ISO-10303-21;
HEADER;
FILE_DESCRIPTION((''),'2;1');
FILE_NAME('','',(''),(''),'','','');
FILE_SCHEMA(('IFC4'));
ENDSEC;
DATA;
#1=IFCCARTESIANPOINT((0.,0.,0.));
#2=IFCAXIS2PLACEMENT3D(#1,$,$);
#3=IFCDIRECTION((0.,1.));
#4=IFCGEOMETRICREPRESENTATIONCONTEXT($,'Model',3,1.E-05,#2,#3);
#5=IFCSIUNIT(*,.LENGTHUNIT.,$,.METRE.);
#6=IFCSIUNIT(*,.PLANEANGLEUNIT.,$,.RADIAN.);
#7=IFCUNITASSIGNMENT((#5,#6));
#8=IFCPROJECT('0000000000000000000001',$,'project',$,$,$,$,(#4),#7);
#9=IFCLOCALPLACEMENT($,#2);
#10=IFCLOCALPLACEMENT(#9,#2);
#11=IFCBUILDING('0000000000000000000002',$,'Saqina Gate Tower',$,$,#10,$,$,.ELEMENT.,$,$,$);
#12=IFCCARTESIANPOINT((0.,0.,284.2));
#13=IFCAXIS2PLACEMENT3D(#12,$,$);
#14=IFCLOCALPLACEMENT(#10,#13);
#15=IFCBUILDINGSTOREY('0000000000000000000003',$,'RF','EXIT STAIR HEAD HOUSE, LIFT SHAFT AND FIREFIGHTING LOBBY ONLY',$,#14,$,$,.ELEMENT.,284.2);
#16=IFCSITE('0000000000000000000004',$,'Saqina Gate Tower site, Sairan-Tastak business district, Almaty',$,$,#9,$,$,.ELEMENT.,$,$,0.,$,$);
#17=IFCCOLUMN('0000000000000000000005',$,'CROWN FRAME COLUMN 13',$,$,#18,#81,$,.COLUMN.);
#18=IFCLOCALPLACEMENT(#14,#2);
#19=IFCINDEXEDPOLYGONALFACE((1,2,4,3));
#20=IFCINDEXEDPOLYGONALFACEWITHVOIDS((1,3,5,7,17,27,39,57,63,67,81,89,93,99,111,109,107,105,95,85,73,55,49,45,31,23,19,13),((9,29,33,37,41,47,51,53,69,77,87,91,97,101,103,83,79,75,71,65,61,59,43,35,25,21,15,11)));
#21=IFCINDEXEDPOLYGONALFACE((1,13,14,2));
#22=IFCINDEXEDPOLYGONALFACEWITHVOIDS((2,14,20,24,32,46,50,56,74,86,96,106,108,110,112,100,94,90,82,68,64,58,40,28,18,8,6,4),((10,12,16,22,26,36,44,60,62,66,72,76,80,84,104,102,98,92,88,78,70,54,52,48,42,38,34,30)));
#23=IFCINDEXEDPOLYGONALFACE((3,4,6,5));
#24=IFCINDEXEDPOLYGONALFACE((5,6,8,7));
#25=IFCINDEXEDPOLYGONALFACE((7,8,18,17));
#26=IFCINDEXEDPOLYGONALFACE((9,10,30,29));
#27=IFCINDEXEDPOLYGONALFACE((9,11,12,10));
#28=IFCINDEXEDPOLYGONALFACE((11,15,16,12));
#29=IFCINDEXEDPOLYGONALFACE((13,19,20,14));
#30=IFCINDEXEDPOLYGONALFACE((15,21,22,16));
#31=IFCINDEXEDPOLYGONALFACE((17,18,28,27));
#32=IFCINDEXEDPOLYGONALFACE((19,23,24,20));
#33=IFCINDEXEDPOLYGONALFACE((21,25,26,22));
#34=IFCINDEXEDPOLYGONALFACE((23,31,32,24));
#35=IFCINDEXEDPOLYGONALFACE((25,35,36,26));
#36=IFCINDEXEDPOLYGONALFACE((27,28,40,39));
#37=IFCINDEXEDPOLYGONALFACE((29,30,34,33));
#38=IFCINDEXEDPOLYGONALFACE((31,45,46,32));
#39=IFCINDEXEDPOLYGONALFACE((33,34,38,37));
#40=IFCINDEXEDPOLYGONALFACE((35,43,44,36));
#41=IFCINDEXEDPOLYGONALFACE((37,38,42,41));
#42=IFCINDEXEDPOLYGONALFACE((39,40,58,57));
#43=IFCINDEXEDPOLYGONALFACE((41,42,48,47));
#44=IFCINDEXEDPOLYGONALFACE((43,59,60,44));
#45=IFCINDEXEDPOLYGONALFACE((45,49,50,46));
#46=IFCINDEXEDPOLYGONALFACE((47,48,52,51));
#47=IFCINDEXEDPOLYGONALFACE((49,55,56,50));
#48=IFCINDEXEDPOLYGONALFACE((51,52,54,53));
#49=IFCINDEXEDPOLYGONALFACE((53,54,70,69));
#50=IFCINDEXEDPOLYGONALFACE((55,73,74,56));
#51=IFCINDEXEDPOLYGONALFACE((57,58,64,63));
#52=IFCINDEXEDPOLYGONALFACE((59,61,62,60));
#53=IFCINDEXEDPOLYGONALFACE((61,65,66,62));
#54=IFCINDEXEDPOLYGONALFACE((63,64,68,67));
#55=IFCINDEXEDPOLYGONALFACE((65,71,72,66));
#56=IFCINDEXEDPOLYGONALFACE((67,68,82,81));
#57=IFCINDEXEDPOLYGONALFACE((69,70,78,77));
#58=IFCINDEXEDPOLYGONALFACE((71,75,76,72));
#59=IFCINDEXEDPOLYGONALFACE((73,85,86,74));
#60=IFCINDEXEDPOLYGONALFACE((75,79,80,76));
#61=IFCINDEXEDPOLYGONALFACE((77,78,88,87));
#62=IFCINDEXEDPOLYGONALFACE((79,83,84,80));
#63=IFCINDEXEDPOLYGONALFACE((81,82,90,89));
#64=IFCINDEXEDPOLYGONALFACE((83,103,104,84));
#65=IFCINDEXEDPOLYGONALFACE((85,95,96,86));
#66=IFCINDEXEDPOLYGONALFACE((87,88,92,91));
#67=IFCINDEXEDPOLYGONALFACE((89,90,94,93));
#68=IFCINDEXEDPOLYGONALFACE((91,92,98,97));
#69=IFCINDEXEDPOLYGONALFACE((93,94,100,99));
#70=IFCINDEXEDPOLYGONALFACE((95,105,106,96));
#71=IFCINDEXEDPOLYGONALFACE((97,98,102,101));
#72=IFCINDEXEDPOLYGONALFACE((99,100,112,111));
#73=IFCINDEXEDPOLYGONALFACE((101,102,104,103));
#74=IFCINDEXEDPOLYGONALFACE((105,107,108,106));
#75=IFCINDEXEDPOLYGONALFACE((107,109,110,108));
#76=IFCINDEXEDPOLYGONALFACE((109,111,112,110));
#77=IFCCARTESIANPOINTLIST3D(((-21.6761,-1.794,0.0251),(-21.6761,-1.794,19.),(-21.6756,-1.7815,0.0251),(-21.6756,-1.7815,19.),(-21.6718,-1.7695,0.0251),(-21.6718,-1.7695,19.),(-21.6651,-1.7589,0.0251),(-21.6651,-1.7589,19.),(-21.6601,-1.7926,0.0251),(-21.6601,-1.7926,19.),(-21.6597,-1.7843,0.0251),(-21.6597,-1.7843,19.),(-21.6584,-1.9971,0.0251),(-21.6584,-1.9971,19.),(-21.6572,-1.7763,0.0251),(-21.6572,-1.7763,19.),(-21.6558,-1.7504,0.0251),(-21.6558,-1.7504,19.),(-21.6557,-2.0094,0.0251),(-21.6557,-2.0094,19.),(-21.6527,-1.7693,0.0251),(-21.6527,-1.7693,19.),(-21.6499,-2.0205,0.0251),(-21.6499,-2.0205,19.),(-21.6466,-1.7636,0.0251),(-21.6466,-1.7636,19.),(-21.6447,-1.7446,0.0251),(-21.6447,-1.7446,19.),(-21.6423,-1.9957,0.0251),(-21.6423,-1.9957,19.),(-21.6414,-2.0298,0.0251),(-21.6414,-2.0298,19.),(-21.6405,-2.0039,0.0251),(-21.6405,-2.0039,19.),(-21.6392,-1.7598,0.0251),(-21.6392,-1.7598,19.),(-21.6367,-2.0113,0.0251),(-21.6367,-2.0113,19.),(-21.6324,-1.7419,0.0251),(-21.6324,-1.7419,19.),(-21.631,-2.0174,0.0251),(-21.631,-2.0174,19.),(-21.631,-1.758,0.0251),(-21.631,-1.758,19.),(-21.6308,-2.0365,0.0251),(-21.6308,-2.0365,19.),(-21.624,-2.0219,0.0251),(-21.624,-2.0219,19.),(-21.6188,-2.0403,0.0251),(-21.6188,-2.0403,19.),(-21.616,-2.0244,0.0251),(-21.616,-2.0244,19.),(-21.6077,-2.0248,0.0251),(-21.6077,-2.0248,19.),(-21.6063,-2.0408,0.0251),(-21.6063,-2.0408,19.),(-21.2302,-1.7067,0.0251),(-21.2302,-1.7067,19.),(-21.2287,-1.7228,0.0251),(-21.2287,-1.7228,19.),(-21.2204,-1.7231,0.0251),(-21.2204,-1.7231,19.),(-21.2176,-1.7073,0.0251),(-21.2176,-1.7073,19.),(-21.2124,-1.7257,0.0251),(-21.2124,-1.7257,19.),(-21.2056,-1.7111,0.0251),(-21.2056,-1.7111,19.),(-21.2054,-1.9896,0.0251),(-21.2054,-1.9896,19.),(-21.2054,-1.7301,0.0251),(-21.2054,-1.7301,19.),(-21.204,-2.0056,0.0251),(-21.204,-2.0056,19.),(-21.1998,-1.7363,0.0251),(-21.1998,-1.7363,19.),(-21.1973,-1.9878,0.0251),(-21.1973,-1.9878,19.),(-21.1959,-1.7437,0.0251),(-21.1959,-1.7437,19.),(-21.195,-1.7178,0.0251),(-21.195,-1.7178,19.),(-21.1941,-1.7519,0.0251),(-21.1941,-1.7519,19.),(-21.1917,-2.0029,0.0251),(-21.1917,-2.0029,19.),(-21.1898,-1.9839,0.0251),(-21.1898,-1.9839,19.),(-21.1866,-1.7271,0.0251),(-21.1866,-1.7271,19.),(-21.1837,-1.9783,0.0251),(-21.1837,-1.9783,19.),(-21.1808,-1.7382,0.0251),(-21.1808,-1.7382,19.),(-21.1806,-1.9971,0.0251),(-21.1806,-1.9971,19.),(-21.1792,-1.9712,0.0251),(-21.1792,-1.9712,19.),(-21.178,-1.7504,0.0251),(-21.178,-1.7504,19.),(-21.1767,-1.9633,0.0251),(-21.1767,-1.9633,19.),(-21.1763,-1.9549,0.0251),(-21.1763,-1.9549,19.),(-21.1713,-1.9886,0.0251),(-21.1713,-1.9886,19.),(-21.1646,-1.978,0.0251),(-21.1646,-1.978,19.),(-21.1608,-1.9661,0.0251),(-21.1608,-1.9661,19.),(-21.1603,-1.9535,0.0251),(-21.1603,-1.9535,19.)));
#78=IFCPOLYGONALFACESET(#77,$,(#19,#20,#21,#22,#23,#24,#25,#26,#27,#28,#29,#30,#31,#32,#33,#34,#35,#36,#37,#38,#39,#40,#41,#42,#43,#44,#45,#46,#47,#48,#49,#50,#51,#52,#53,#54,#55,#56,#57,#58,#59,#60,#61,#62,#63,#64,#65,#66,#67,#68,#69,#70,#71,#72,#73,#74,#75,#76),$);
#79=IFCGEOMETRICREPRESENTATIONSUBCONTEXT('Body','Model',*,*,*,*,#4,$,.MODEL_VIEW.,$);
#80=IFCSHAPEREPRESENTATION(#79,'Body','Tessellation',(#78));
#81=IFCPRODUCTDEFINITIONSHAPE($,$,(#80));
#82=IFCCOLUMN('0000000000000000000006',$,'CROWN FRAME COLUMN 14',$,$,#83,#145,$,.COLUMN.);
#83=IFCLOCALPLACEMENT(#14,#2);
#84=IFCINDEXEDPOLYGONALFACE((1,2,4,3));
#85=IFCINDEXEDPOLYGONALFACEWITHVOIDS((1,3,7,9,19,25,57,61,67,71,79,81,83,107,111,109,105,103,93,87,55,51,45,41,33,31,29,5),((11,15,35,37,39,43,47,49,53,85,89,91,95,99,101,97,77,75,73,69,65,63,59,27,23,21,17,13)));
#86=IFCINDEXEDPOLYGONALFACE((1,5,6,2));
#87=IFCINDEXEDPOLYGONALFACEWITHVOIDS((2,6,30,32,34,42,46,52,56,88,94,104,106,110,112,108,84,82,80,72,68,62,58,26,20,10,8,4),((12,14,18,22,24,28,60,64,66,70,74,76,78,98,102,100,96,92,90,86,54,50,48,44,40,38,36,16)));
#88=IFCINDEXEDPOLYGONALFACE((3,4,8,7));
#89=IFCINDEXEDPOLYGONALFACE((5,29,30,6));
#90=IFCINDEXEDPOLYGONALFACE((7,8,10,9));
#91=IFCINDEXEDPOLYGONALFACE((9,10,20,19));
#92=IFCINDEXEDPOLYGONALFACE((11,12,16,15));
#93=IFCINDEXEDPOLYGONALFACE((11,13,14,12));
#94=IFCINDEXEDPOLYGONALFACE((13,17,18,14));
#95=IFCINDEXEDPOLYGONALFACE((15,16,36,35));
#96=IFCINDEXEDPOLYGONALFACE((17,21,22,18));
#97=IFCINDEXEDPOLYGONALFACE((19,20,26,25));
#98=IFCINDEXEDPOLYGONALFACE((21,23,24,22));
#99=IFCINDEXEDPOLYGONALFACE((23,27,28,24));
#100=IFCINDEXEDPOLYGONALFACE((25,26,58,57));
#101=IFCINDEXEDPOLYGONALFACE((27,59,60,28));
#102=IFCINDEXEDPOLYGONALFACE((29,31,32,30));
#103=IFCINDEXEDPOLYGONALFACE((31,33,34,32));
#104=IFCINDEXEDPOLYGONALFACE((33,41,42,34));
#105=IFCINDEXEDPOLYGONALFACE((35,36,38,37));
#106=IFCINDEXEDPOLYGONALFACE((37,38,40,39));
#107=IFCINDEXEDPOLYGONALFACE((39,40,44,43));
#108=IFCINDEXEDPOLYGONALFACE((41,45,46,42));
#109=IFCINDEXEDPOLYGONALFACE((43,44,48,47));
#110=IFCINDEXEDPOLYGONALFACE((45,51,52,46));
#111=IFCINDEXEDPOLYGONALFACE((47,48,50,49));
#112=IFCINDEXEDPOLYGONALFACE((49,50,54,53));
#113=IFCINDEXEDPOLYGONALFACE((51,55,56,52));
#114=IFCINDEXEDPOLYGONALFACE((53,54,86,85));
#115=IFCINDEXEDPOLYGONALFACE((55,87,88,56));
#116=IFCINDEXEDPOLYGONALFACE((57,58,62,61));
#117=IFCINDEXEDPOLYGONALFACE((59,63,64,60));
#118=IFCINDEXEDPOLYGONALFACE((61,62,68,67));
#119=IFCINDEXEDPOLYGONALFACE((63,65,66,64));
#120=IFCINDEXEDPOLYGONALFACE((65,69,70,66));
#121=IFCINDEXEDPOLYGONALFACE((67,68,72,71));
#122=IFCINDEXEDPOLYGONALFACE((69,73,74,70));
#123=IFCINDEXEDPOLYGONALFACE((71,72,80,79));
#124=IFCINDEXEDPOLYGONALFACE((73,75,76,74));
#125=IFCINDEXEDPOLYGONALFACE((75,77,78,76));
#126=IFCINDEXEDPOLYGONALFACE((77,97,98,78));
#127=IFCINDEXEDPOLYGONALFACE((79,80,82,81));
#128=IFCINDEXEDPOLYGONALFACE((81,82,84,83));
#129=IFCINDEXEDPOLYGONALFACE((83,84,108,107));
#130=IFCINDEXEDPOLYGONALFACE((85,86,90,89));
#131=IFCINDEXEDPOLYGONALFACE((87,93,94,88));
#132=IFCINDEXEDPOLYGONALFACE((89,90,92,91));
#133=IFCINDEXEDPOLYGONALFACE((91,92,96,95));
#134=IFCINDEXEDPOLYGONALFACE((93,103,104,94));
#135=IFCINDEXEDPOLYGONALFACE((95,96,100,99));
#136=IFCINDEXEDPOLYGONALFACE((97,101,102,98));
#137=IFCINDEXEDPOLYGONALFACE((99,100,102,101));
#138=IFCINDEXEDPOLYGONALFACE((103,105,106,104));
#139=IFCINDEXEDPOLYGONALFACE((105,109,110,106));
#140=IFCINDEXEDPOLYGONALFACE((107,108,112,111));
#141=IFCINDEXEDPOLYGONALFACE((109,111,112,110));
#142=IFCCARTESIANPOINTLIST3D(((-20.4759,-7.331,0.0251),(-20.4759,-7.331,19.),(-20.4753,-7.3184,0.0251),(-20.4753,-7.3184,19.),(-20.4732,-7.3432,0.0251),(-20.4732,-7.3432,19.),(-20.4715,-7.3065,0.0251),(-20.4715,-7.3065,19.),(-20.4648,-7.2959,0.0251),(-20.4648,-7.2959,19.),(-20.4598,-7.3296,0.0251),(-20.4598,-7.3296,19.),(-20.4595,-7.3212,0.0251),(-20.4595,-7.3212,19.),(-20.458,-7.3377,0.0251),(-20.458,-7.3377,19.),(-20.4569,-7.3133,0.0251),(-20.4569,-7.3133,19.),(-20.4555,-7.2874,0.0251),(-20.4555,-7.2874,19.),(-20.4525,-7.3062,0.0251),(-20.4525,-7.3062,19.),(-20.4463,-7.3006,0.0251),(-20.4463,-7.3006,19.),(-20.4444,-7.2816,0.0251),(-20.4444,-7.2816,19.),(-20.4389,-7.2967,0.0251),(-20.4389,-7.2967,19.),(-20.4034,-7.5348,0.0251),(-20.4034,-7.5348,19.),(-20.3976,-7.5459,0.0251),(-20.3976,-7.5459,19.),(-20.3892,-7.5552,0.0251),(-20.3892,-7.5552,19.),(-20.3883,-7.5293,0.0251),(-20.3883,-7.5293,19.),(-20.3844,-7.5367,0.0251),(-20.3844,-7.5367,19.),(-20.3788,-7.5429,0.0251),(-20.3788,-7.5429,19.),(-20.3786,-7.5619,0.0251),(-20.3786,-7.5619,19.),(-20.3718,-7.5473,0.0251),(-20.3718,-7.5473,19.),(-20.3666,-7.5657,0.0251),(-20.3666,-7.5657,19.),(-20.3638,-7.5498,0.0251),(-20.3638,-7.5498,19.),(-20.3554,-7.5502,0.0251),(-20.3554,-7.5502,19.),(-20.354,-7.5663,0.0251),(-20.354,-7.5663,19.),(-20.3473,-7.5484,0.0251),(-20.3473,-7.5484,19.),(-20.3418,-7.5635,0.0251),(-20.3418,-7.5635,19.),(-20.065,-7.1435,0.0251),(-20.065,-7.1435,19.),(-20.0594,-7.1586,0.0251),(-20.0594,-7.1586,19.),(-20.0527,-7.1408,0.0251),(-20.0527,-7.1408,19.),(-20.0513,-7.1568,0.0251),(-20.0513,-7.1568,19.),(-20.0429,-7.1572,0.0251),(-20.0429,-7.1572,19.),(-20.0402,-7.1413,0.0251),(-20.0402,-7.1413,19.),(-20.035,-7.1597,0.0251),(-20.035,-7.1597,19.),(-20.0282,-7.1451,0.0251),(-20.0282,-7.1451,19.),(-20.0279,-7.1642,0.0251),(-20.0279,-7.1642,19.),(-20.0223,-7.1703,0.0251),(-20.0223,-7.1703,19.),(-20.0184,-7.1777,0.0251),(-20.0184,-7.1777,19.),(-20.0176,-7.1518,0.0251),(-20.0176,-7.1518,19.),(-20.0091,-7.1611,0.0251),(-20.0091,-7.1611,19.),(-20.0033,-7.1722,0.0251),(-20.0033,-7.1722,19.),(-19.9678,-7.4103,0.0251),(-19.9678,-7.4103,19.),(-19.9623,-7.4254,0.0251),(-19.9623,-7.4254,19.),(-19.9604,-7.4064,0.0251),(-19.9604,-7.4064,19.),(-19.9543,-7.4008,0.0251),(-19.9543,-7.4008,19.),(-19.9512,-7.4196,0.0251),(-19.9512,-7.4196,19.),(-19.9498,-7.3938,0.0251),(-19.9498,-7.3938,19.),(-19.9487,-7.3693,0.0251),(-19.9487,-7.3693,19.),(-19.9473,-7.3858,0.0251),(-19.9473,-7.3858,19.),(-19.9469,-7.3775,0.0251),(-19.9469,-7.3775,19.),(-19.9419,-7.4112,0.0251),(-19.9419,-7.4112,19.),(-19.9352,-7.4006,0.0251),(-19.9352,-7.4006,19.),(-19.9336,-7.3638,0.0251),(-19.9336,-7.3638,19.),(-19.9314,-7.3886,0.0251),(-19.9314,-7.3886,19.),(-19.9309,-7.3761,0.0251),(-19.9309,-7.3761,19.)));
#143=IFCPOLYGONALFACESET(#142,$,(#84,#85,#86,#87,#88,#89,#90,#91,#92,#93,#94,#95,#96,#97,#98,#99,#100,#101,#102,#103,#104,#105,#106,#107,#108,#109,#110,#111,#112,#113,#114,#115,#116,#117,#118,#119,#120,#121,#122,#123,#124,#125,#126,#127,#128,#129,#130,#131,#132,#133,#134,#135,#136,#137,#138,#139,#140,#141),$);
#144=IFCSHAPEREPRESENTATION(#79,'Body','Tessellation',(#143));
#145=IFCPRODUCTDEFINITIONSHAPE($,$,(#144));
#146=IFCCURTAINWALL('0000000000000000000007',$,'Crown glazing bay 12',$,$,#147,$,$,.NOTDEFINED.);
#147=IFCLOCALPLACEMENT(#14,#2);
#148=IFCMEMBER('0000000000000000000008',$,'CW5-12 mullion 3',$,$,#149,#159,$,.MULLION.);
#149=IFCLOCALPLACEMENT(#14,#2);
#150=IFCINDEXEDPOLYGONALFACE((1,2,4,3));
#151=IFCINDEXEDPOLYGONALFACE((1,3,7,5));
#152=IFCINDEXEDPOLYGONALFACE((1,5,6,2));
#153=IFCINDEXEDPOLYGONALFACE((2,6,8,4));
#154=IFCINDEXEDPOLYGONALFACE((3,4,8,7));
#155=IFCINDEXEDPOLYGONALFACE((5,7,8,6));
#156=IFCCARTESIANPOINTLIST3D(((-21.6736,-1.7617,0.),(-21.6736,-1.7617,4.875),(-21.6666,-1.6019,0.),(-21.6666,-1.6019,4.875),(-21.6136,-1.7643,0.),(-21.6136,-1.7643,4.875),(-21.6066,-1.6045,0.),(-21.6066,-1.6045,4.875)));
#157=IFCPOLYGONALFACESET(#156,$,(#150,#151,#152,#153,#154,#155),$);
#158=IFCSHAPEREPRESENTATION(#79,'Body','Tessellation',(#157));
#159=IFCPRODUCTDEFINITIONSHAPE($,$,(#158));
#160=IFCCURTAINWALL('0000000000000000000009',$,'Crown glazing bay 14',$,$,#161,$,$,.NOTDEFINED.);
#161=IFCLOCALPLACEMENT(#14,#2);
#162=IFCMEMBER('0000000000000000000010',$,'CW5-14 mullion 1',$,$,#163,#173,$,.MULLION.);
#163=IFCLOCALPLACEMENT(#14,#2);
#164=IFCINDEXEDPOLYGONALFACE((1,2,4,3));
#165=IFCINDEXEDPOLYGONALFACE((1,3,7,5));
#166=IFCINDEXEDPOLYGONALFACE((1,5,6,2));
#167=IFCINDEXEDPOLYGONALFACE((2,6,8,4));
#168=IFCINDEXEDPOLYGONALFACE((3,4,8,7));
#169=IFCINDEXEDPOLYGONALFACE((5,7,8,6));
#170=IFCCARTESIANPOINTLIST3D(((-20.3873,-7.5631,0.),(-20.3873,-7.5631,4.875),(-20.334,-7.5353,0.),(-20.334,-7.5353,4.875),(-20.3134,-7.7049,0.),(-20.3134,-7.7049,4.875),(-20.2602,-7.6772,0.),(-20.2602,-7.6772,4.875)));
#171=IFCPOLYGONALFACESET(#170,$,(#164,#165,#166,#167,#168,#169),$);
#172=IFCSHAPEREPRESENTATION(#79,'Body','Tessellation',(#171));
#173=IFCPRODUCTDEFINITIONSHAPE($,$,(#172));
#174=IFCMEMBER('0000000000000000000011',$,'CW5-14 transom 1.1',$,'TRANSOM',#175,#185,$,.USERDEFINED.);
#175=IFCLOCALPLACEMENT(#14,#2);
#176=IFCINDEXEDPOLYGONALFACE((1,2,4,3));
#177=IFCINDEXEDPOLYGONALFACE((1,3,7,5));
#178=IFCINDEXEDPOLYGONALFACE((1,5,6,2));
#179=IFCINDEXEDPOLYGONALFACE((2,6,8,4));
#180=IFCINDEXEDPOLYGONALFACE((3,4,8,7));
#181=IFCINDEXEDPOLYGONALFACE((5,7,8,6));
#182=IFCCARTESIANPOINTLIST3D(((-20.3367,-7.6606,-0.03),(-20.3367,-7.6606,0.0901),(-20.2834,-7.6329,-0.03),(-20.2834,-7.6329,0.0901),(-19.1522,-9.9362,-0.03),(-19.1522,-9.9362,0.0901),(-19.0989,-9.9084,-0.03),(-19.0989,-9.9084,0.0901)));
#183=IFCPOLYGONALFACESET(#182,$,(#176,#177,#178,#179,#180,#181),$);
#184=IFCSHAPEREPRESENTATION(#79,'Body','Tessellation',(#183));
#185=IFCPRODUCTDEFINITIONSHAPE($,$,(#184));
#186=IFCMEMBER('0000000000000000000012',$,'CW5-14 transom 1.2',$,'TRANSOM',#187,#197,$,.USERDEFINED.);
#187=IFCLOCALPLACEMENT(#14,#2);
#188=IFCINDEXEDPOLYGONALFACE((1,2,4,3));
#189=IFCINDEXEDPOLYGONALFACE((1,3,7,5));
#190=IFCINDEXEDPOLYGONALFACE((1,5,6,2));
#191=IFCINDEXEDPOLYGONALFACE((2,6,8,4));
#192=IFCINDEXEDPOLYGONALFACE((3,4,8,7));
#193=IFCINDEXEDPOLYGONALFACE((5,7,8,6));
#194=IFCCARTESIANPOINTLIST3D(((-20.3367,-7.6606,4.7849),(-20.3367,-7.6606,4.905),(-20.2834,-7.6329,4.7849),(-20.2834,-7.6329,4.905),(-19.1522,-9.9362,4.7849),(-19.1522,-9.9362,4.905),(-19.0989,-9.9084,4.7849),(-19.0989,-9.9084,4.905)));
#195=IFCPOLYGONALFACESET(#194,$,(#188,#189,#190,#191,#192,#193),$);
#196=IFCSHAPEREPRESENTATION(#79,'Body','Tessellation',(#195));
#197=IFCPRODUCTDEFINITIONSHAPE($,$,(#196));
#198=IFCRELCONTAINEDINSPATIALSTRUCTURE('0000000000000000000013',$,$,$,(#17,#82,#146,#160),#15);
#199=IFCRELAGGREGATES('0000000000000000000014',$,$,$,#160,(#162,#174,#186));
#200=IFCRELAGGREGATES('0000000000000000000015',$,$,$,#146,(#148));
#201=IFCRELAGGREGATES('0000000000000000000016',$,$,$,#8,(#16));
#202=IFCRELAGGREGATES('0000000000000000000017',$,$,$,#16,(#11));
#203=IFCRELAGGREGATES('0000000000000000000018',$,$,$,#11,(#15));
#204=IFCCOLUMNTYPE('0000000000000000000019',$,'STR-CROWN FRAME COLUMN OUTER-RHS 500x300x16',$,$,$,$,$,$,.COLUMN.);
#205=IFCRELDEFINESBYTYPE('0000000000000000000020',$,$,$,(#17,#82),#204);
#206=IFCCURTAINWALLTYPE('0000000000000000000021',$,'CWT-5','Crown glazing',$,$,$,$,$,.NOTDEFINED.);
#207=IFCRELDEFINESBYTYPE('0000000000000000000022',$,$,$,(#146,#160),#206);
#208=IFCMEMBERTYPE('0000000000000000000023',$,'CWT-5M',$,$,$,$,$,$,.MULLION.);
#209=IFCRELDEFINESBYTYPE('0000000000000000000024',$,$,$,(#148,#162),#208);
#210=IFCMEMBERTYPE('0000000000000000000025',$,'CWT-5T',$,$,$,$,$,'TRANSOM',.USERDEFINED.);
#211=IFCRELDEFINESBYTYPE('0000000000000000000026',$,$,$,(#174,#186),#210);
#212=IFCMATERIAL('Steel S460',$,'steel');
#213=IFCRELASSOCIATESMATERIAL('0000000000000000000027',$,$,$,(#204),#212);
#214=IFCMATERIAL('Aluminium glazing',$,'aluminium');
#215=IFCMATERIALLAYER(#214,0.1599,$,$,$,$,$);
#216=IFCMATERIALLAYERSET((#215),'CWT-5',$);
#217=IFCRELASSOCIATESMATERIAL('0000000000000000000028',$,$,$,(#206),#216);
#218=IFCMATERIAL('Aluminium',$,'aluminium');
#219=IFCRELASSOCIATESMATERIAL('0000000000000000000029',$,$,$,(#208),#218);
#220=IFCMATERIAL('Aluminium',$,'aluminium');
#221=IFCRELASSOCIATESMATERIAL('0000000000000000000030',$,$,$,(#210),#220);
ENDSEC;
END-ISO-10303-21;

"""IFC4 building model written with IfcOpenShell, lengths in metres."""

from ifc_helpers import new_model, si_unit, direction, frame, origin, origin_2d, place, context, subcontext, project, spatial, rectangle, hollow_rectangle, extrude, material, layer, layer_set, material_profile, profile_set, type_object, element, aggregate, save


model = new_model("IFC4")

# Units and contexts
model_context = context("Model", 3, precision=1e-05, world=origin(), true_north=direction((0.0, 1.0)))
body_context = subcontext(model_context, "Body", "Model", "MODEL_VIEW")
ifc_project = project(units=[si_unit("LENGTHUNIT", "METRE"), si_unit("PLANEANGLEUNIT", "RADIAN")], contexts=[model_context])

# Site, building, storey
site_placement = place(None, origin())
site = spatial("IfcSite", under=ifc_project, at=site_placement, Name="Saqina Gate Tower site, Sairan-Tastak business district, Almaty", CompositionType="ELEMENT", RefElevation=0.0)
building_placement = place(site_placement, origin())
building = spatial("IfcBuilding", under=site, at=building_placement, Name="Saqina Gate Tower", CompositionType="ELEMENT")
storey_placement = place(building_placement, frame((0.0, 0.0, 284.2)))
storey = spatial("IfcBuildingStorey", under=building, at=storey_placement, Name="RF", Description="EXIT STAIR HEAD HOUSE, LIFT SHAFT AND FIREFIGHTING LOBBY ONLY", CompositionType="ELEMENT", Elevation=284.2)

# Columns
ifc_material_1 = material(Name="Steel S460", Category="steel")
ifc_material_profile_1 = material_profile(ifc_material_1, hollow_rectangle(XDim=0.3, YDim=0.5, WallThickness=0.0161, InnerFilletRadius=0.032, OuterFilletRadius=0.0481, at=origin_2d()), Name="RHS 500x300x16")
ifc_profile_set_1 = profile_set([ifc_material_profile_1], Name="Steel S460")
column_type = type_object("IfcColumnType", Name="STR-CROWN FRAME COLUMN OUTER-RHS 500x300x16", PredefinedType="COLUMN", material=ifc_profile_set_1)
for number, where, z_axis, x_axis, name in (
    (1, (-21.4182, -1.8738, 0.0251), (0.0, 0.0, 1.0), (0.087156, -0.996195, 0.0), "CROWN FRAME COLUMN 13"),
    (2, (-20.2034, -7.3535, 0.0251), (0.0, 0.0, 1.0), (0.34202, -0.939693, 0.0), "CROWN FRAME COLUMN 14"),
):
    element("IfcColumn", number, at=place(storey_placement, frame(where, z_axis=z_axis, x_axis=x_axis)), inside=storey, type_object=column_type, Name=name, PredefinedType="COLUMN", context=body_context, shape_type="SweptSolid", body=[
        extrude(hollow_rectangle(XDim=0.3, YDim=0.5, WallThickness=0.0161, InnerFilletRadius=0.032, OuterFilletRadius=0.0481, at=origin_2d()), origin(), (0.0, 0.0, 1.0), 18.9749),
    ])

# Curtain wall, member
ifc_material_2 = material(Name="Aluminium glazing", Category="aluminium")
ifc_layer_1 = layer(ifc_material_2, 0.1599)
ifc_layer_set_1 = layer_set([ifc_layer_1], Name="CWT-5")
curtain_wall_type = type_object("IfcCurtainWallType", Name="CWT-5", Description="Crown glazing", PredefinedType="NOTDEFINED", material=ifc_layer_set_1)
curtain_wall_1_placement = place(storey_placement, origin())
curtain_wall_1 = element("IfcCurtainWall", 3, at=curtain_wall_1_placement, inside=storey, type_object=curtain_wall_type, Name="Crown glazing bay 12", PredefinedType="NOTDEFINED")
ifc_material_3 = material(Name="Aluminium", Category="aluminium")
ifc_material_profile_2 = material_profile(ifc_material_3, rectangle(XDim=0.0601, YDim=0.1599, at=origin_2d()), Name="Aluminium 60x160")
ifc_profile_set_2 = profile_set([ifc_material_profile_2], Name="Aluminium")
member_type_1 = type_object("IfcMemberType", Name="CWT-5M", PredefinedType="MULLION", material=ifc_profile_set_2)
member_1_placement = place(storey_placement, frame((-21.6401, -1.6831, 0.0), z_axis=(0.0, 0.0, 1.0), x_axis=(0.999048, -0.043629, 0.0)))
member_1 = element("IfcMember", 4, at=member_1_placement, type_object=member_type_1, Name="CW5-12 mullion 3", PredefinedType="MULLION", context=body_context, shape_type="SweptSolid", body=[
    extrude(rectangle(XDim=0.0601, YDim=0.1599, at=origin_2d()), origin(), (0.0, 0.0, 1.0), 4.875),
])

# Curtain wall, members
curtain_wall_2_placement = place(storey_placement, origin())
curtain_wall_2 = element("IfcCurtainWall", 5, at=curtain_wall_2_placement, inside=storey, type_object=curtain_wall_type, Name="Crown glazing bay 14", PredefinedType="NOTDEFINED")
member_2_placement = place(storey_placement, frame((-20.3237, -7.6201, 0.0), z_axis=(0.0, 0.0, 1.0), x_axis=(0.88701, 0.461751, 0.0)))
member_2 = element("IfcMember", 6, at=member_2_placement, type_object=member_type_1, Name="CW5-14 mullion 1", PredefinedType="MULLION", context=body_context, shape_type="SweptSolid", body=[
    extrude(rectangle(XDim=0.0601, YDim=0.1599, at=origin_2d()), origin(), (0.0, 0.0, 1.0), 4.875),
])
ifc_material_4 = material(Name="Aluminium", Category="aluminium")
ifc_material_profile_3 = material_profile(ifc_material_4, rectangle(XDim=0.0601, YDim=0.1201, at=origin_2d()), Name="Aluminium 60x120")
ifc_profile_set_3 = profile_set([ifc_material_profile_3], Name="Aluminium")
member_type_2 = type_object("IfcMemberType", Name="CWT-5T", ElementType="TRANSOM", PredefinedType="USERDEFINED", material=ifc_profile_set_3)
member_3_placement = place(storey_placement, frame((-20.3101, -7.6467, 0.03), z_axis=(0.461733, -0.887019, 0.0), x_axis=(0.887019, 0.461733, 0.0)))
member_3 = element("IfcMember", 7, at=member_3_placement, type_object=member_type_2, Name="CW5-14 transom 1.1", ObjectType="TRANSOM", PredefinedType="USERDEFINED", context=body_context, shape_type="SweptSolid", body=[
    extrude(rectangle(XDim=0.0601, YDim=0.1201, at=origin_2d()), origin(), (0.0, 0.0, 1.0), 2.5654),
])
member_4_placement = place(storey_placement, frame((-20.3101, -7.6467, 4.845), z_axis=(0.461733, -0.887019, 0.0), x_axis=(0.887019, 0.461733, 0.0)))
member_4 = element("IfcMember", 8, at=member_4_placement, type_object=member_type_2, Name="CW5-14 transom 1.2", ObjectType="TRANSOM", PredefinedType="USERDEFINED", context=body_context, shape_type="SweptSolid", body=[
    extrude(rectangle(XDim=0.0601, YDim=0.1201, at=origin_2d()), origin(), (0.0, 0.0, 1.0), 2.5654),
])
aggregate(curtain_wall_2, [member_2, member_3, member_4])

aggregate(curtain_wall_1, [member_1])

save(model, "model.ifc")
